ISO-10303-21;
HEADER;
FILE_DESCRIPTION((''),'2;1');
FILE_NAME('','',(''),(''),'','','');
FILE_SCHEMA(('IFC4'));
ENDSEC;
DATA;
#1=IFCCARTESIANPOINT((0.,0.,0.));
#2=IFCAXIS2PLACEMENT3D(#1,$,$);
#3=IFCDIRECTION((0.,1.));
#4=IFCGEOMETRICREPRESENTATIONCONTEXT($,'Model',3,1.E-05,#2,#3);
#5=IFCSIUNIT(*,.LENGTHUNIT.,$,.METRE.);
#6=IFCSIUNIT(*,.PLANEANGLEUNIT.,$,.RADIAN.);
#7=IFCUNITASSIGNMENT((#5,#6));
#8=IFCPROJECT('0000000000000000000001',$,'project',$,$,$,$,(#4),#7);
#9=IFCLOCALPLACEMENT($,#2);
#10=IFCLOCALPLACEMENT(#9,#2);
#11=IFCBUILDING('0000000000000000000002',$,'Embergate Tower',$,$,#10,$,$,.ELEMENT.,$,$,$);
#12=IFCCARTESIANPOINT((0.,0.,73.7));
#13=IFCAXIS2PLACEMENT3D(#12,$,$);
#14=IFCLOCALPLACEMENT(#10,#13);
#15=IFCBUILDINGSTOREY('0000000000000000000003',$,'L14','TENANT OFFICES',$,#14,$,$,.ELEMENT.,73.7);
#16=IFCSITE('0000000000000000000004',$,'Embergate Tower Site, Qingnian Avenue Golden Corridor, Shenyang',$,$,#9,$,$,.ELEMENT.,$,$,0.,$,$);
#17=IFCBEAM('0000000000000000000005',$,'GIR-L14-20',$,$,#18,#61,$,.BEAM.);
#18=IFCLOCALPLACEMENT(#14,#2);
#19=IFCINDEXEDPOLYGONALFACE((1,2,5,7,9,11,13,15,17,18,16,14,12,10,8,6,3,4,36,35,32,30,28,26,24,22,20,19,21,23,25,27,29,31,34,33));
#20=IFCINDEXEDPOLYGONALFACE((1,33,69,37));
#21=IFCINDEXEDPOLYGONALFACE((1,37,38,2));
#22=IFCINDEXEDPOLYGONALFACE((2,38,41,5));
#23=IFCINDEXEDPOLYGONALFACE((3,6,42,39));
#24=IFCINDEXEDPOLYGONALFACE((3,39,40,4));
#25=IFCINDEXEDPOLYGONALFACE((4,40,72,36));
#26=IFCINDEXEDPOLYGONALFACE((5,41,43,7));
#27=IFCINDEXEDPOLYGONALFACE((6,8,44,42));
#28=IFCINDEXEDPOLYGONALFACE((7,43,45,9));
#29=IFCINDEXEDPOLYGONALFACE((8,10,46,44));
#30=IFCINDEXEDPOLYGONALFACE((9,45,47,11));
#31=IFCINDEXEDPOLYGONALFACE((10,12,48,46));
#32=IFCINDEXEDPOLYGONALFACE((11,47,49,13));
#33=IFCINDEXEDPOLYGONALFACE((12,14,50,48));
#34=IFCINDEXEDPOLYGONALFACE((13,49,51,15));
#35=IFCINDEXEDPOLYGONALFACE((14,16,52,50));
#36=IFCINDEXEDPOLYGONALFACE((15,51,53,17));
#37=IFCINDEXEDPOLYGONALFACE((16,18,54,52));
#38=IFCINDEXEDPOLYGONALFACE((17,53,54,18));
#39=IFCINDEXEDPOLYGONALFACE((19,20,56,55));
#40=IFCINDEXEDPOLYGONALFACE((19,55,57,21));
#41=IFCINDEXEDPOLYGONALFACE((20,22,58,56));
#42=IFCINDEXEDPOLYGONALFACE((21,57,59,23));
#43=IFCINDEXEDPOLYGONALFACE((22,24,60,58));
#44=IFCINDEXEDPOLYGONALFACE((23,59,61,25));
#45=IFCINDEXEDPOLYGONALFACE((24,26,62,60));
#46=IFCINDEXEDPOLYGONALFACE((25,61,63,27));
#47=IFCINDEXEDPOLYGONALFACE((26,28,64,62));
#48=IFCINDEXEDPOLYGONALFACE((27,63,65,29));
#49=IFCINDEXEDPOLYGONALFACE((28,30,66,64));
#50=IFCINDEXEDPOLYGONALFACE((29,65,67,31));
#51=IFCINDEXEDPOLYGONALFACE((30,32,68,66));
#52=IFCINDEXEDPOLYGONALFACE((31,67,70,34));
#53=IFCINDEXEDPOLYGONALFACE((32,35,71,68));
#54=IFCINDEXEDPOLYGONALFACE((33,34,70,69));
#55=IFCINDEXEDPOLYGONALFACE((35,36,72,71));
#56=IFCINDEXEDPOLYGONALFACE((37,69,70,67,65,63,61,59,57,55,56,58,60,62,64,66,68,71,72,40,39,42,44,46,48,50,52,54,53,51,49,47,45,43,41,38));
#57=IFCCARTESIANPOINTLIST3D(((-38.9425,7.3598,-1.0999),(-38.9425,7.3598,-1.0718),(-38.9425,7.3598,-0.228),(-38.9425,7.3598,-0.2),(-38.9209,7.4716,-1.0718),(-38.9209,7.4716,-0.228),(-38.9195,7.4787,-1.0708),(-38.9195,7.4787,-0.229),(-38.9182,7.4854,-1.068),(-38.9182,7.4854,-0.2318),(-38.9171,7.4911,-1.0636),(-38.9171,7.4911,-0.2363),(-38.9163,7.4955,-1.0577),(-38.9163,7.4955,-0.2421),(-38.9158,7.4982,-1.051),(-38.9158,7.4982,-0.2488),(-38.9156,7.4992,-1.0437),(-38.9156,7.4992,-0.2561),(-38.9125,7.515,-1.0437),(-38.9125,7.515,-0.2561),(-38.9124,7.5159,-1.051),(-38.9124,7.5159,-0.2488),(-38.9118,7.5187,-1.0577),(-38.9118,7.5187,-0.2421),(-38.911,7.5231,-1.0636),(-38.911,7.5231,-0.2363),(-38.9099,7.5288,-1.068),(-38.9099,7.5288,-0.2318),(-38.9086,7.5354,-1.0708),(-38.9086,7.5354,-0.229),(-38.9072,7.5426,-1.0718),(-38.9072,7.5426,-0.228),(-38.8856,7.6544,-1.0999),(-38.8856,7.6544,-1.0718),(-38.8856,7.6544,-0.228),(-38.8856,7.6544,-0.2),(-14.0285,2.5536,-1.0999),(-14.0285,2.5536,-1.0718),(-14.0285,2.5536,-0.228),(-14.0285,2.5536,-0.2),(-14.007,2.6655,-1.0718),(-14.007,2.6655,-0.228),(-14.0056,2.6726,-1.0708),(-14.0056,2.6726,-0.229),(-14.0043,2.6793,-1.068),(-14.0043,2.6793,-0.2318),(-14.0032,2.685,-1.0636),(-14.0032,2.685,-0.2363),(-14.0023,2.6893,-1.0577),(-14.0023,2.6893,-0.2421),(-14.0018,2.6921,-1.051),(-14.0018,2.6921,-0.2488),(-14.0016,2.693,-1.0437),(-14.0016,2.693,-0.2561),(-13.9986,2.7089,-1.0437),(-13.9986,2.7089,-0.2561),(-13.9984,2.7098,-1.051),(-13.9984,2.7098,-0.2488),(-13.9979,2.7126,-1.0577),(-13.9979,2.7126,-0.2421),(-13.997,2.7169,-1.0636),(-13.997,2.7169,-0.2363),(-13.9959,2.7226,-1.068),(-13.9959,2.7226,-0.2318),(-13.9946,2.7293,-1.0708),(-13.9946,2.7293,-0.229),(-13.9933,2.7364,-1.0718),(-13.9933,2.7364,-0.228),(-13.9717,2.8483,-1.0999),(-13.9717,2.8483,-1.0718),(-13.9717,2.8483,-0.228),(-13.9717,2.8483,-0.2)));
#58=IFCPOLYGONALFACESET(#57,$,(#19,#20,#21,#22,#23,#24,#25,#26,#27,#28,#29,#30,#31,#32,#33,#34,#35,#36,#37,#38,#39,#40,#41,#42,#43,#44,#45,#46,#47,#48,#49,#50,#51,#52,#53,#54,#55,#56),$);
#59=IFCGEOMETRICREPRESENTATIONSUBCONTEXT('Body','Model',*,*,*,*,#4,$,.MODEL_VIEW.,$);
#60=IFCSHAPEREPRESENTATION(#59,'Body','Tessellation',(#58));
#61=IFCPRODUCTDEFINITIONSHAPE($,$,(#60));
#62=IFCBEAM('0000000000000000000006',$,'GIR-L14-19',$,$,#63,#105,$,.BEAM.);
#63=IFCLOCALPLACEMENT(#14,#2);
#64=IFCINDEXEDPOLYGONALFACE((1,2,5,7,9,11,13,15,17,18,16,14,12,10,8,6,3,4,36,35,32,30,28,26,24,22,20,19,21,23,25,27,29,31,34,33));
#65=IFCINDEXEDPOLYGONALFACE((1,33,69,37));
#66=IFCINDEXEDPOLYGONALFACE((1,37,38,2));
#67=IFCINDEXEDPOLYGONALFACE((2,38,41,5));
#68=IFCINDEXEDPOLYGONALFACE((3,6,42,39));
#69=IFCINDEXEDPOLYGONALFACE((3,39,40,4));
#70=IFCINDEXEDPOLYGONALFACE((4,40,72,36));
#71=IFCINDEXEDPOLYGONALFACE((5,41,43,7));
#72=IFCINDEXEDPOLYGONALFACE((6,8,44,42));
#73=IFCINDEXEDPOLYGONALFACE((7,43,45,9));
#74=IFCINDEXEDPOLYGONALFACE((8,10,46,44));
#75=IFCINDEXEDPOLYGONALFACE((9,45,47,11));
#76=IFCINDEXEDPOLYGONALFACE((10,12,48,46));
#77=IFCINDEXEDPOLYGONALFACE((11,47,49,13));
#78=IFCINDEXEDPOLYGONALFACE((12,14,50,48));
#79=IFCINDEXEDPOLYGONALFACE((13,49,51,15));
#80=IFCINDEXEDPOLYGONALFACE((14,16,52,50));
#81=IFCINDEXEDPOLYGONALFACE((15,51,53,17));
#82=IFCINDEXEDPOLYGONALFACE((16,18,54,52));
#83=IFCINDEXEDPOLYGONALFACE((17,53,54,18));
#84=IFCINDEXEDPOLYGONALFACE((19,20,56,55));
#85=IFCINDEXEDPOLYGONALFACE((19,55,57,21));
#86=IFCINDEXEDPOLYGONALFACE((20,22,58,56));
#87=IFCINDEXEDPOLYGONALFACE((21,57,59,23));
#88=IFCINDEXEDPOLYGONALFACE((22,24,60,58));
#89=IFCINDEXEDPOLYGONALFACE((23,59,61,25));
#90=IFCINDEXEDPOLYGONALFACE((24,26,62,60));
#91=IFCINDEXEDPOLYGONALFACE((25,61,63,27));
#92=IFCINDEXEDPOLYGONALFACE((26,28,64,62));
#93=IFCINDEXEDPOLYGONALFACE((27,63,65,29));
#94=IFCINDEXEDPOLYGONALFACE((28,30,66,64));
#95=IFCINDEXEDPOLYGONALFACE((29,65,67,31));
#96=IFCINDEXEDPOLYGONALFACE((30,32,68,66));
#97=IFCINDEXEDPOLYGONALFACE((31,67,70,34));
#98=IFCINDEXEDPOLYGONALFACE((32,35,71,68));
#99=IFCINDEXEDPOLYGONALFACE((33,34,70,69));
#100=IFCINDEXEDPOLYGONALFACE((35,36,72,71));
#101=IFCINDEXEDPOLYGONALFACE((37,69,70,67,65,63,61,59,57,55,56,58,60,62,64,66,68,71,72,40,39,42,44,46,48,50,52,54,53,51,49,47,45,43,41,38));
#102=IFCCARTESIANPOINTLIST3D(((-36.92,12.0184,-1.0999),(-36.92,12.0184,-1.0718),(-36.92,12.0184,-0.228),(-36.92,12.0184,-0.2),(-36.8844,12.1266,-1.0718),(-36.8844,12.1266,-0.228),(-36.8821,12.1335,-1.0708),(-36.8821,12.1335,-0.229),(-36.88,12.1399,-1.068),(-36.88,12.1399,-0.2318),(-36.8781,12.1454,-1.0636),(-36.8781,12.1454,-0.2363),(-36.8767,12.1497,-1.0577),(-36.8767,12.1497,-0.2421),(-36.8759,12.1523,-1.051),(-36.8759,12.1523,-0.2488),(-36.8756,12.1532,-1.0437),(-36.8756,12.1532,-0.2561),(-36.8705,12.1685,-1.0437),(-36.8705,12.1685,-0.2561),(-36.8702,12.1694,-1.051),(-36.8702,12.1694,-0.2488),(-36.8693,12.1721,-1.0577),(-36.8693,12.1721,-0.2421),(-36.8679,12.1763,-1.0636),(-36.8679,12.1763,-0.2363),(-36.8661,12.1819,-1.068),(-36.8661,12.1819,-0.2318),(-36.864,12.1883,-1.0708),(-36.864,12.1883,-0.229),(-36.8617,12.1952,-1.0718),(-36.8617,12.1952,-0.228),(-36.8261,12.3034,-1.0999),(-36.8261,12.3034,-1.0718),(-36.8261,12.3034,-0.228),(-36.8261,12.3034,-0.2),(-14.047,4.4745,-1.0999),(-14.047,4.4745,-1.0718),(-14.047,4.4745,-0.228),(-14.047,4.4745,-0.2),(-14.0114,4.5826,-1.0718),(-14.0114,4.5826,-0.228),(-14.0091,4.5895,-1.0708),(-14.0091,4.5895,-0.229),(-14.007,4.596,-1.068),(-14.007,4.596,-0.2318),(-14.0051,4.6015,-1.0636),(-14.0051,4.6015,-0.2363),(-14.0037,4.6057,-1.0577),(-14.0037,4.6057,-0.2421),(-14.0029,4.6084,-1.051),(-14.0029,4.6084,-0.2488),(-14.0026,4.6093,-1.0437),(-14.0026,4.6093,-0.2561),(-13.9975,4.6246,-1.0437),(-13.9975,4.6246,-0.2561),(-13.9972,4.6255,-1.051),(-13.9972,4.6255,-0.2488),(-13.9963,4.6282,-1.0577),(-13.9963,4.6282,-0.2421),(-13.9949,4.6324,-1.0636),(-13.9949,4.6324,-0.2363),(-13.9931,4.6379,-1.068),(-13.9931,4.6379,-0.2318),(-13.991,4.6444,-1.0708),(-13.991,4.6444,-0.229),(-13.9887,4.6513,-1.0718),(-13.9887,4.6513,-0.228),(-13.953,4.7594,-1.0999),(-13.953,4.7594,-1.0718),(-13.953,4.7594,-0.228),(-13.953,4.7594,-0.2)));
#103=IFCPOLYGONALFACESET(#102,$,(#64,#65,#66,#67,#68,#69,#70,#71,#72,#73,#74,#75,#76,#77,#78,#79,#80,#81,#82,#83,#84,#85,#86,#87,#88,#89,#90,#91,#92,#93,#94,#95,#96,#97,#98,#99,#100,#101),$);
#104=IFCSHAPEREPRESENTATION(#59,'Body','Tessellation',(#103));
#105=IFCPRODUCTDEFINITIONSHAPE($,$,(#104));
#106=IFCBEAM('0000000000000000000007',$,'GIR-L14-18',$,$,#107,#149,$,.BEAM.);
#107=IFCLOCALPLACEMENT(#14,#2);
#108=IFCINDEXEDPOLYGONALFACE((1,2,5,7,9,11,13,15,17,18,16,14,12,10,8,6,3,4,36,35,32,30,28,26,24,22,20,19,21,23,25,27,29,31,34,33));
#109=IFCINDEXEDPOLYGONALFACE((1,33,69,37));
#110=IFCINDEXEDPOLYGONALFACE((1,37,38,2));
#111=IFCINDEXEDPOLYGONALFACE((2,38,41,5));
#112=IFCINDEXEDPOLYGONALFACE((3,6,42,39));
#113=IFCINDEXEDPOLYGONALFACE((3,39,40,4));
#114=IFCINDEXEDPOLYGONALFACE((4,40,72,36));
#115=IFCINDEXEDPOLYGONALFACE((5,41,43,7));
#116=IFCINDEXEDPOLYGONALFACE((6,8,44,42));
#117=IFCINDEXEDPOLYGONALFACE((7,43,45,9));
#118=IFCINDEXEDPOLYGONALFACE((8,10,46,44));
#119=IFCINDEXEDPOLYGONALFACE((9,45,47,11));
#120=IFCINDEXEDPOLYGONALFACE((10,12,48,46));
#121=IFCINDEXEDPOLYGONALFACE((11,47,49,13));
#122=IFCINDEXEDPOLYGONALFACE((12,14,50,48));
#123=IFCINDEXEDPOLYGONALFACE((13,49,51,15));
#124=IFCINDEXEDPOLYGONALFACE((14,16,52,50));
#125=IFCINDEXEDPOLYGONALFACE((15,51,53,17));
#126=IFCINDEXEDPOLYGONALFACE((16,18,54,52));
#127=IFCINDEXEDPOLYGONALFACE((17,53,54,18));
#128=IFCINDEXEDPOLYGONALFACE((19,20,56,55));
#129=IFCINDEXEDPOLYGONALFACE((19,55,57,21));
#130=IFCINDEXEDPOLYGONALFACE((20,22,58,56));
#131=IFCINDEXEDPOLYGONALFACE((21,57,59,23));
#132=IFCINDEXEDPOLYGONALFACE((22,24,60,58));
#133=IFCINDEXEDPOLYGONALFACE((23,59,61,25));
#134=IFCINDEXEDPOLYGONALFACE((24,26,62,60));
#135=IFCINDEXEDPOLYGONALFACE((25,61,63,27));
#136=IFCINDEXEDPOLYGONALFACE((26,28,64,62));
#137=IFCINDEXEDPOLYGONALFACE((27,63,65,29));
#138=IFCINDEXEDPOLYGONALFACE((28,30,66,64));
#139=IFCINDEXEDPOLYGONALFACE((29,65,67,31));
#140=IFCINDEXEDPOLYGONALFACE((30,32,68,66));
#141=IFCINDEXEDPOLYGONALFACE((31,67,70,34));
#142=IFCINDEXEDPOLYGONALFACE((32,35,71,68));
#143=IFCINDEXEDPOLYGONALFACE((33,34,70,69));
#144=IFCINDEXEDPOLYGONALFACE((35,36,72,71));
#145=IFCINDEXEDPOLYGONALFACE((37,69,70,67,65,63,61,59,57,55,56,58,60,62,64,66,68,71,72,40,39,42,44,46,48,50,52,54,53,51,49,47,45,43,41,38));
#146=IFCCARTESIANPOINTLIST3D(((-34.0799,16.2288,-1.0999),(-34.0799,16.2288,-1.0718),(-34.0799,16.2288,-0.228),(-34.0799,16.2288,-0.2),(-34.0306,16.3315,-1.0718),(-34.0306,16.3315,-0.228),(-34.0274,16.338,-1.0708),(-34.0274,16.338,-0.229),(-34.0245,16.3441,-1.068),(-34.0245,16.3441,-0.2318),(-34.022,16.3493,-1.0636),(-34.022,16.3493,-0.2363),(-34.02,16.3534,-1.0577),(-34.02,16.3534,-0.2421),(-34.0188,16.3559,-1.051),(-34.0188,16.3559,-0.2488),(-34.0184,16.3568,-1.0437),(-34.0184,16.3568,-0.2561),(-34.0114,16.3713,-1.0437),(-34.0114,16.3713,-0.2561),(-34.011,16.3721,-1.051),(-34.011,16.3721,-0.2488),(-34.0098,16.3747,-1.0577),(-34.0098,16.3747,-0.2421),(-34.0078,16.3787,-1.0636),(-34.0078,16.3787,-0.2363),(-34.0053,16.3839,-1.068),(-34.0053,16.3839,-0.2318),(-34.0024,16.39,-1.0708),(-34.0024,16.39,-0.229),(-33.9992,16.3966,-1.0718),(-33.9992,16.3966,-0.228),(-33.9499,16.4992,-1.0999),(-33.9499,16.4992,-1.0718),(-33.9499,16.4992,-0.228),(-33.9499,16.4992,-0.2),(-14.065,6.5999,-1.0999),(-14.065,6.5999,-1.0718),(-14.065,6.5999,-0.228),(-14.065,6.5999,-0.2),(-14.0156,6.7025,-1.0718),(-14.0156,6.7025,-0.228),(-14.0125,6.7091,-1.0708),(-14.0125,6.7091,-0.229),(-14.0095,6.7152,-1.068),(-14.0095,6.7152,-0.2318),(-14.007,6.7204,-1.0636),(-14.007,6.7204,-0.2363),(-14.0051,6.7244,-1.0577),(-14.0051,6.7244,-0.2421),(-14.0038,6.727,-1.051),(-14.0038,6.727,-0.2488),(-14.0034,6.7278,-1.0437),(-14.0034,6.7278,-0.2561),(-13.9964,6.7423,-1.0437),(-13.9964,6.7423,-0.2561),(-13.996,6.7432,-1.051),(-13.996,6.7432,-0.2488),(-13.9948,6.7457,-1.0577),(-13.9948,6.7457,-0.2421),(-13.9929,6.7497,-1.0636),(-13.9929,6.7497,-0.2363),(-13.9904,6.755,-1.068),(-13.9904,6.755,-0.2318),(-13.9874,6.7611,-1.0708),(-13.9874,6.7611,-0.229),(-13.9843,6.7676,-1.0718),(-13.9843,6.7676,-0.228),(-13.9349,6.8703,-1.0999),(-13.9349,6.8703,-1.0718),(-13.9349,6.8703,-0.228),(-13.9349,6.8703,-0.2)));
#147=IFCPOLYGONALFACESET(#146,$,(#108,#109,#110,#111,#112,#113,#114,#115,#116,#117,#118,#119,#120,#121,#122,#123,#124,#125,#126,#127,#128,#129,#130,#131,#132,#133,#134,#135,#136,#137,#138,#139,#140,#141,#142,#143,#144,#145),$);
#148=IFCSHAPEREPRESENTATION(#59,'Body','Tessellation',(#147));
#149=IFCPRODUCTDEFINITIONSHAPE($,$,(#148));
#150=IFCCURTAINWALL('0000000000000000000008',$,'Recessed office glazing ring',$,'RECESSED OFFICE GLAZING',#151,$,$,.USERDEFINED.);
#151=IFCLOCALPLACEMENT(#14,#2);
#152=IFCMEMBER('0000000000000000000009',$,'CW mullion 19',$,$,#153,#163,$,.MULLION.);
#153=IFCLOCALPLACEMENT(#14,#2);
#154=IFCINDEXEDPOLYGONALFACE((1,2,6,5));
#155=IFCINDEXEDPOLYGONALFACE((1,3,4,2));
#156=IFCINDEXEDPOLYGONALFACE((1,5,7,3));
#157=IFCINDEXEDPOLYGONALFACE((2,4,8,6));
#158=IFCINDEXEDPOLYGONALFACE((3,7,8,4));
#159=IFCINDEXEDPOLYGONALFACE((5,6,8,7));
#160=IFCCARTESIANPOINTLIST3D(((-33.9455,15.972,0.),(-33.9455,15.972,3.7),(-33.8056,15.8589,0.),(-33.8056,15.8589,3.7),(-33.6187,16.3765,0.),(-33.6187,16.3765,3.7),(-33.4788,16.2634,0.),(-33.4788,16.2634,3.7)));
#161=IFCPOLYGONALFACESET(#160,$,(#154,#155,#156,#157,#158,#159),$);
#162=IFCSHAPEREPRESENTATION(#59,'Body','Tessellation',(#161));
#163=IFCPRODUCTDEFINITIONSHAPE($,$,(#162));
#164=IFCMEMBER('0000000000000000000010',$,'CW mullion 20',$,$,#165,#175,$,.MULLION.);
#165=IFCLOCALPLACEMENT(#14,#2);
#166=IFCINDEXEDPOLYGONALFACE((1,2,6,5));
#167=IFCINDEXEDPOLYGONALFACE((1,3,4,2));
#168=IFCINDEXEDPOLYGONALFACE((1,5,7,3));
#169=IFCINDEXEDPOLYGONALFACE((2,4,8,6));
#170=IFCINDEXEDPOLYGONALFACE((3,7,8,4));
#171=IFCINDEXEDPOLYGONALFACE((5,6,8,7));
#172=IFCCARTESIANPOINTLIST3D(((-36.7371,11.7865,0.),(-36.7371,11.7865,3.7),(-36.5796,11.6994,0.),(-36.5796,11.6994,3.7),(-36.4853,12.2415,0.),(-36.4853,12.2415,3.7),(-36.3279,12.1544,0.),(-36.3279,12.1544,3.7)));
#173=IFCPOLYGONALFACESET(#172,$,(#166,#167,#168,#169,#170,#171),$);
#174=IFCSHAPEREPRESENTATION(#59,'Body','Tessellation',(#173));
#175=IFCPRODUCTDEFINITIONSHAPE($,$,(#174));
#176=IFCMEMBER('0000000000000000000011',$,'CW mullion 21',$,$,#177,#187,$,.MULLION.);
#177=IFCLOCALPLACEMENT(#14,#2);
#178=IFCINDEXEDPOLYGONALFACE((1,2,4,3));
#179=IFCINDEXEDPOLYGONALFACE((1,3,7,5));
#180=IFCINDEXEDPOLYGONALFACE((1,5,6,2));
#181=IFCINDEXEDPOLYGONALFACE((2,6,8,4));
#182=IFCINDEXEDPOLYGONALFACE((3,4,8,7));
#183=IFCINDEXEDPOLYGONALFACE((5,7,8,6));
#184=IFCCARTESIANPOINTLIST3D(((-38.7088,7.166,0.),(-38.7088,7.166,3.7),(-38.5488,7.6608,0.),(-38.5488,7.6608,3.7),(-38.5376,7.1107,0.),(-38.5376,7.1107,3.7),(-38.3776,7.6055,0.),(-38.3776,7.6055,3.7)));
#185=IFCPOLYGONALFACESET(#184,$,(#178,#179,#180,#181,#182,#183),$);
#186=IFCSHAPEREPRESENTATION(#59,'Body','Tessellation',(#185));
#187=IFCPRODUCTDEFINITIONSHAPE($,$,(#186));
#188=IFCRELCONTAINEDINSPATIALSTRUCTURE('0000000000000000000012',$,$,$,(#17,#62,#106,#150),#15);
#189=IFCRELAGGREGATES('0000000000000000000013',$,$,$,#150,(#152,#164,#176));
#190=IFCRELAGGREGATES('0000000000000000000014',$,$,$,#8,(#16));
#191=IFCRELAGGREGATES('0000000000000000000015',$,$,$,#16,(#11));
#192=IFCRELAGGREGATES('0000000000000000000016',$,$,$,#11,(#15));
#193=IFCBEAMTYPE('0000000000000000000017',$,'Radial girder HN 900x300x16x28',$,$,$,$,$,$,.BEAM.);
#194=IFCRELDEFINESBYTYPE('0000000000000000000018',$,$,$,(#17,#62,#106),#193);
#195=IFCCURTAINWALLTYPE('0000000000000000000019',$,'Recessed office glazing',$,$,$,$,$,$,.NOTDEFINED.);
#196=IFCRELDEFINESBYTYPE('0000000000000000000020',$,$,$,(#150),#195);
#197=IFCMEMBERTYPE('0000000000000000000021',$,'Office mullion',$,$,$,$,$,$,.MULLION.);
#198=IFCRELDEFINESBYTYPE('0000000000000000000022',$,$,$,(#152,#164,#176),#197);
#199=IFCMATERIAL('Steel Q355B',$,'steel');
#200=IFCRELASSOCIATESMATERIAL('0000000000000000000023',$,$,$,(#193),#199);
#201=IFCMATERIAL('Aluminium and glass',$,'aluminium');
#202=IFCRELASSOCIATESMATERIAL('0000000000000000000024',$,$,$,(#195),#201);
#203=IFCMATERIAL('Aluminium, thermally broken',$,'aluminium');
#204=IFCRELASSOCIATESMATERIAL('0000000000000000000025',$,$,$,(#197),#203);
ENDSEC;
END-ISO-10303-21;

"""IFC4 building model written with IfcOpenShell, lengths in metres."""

from ifc_helpers import new_model, si_unit, direction, frame, origin, origin_2d, place, context, subcontext, project, spatial, rectangle, i_section, extrude, source, transform, mapped, material, material_profile, profile_set, type_object, element, aggregate, save


model = new_model("IFC4")

# Units and contexts
model_context = context("Model", 3, precision=1e-05, world=origin(), true_north=direction((0.0, 1.0)))
body_context = subcontext(model_context, "Body", "Model", "MODEL_VIEW")
ifc_project = project(units=[si_unit("LENGTHUNIT", "METRE"), si_unit("PLANEANGLEUNIT", "RADIAN")], contexts=[model_context])

# Site, building, storey
site_placement = place(None, origin())
site = spatial("IfcSite", under=ifc_project, at=site_placement, Name="Embergate Tower Site, Qingnian Avenue Golden Corridor, Shenyang", CompositionType="ELEMENT", RefElevation=0.0)
building_placement = place(site_placement, origin())
building = spatial("IfcBuilding", under=site, at=building_placement, Name="Embergate Tower", CompositionType="ELEMENT")
storey_placement = place(building_placement, frame((0.0, 0.0, 73.7)))
storey = spatial("IfcBuildingStorey", under=building, at=storey_placement, Name="L14", Description="TENANT OFFICES", CompositionType="ELEMENT", Elevation=73.7)

# Beams
ifc_material_1 = material(Name="Steel Q355B", Category="steel")
ifc_material_profile_1 = material_profile(ifc_material_1, i_section(OverallWidth=0.3, OverallDepth=0.8999, WebThickness=0.0161, FlangeThickness=0.0281, FilletRadius=0.0281, at=origin_2d()), Name="HN 900x300x16x28")
ifc_profile_set_1 = profile_set([ifc_material_profile_1], Name="Steel Q355 grade B")
beam_type_1 = type_object("IfcBeamType", Name="Radial girder HN 900x300x16x28", PredefinedType="BEAM", material=ifc_profile_set_1)
shared_shape_1 = source(origin(), body_context, "Body", "SweptSolid", [
    extrude(i_section(OverallWidth=0.3, OverallDepth=0.8999, WebThickness=0.0161, FlangeThickness=0.0281, FilletRadius=0.0281, at=origin_2d()), origin(), (0.0, 0.0, 1.0), 25.3733),
])
beam_1_placement = place(storey_placement, frame((-38.9141, 7.5071, -0.6499), z_axis=(0.981897, -0.189417, 0.0), x_axis=(0.189417, 0.981897, 0.0)))
element("IfcBeam", 1, at=beam_1_placement, inside=storey, type_object=beam_type_1, Name="GIR-L14-20", PredefinedType="BEAM", context=body_context, shape_type="MappedRepresentation", body=[
    mapped(shared_shape_1, transform((0.0, 0.0, 0.0))),
])
shared_shape_2 = source(origin(), body_context, "Body", "SweptSolid", [
    extrude(i_section(OverallWidth=0.3, OverallDepth=0.8999, WebThickness=0.0161, FlangeThickness=0.0281, FilletRadius=0.0281, at=origin_2d()), origin(), (0.0, 0.0, 1.0), 24.085),
])
beam_2_placement = place(storey_placement, frame((-36.873, 12.1609, -0.6499), z_axis=(0.94968, -0.313222, 0.0), x_axis=(0.313222, 0.94968, 0.0)))
element("IfcBeam", 2, at=beam_2_placement, inside=storey, type_object=beam_type_1, Name="GIR-L14-19", PredefinedType="BEAM", context=body_context, shape_type="MappedRepresentation", body=[
    mapped(shared_shape_2, transform((0.0, 0.0, 0.0))),
])
shared_shape_3 = source(origin(), body_context, "Body", "SweptSolid", [
    extrude(i_section(OverallWidth=0.3, OverallDepth=0.8999, WebThickness=0.0161, FlangeThickness=0.0281, FilletRadius=0.0281, at=origin_2d()), origin(), (0.0, 0.0, 1.0), 22.2107),
])
beam_3_placement = place(storey_placement, frame((-34.0149, 16.364, -0.6499), z_axis=(0.901141, -0.433527, 0.0), x_axis=(0.433527, 0.901141, 0.0)))
element("IfcBeam", 3, at=beam_3_placement, inside=storey, type_object=beam_type_1, Name="GIR-L14-18", PredefinedType="BEAM", context=body_context, shape_type="MappedRepresentation", body=[
    mapped(shared_shape_3, transform((0.0, 0.0, 0.0))),
])

# Curtain wall, members
ifc_material_2 = material(Name="Aluminium and glass", Category="aluminium")
curtain_wall_type = type_object("IfcCurtainWallType", Name="Recessed office glazing", PredefinedType="NOTDEFINED", material=ifc_material_2)
curtain_wall_placement = place(storey_placement, origin())
curtain_wall = element("IfcCurtainWall", 4, at=curtain_wall_placement, inside=storey, type_object=curtain_wall_type, Name="Recessed office glazing ring", ObjectType="RECESSED OFFICE GLAZING", PredefinedType="USERDEFINED")
ifc_material_3 = material(Name="Aluminium, thermally broken", Category="aluminium")
ifc_material_profile_2 = material_profile(ifc_material_3, rectangle(XDim=0.1799, YDim=0.52, at=origin_2d()), Name="AL 520x180")
ifc_profile_set_2 = profile_set([ifc_material_profile_2], Name="Aluminium, thermally broken")
member_type_1 = type_object("IfcMemberType", Name="Office mullion", PredefinedType="MULLION", material=ifc_profile_set_2)
shared_shape_4 = source(origin(), body_context, "Body", "SweptSolid", [
    extrude(rectangle(XDim=0.1799, YDim=0.52, at=origin_2d()), origin(), (0.0, 0.0, 1.0), 3.7),
])
member_1_placement = place(storey_placement, frame((-33.7122, 16.1177, 0.0), z_axis=(0.0, 0.0, 1.0), x_axis=(0.77788, -0.628413, 0.0)))
member_1 = element("IfcMember", 5, at=member_1_placement, type_object=member_type_1, Name="CW mullion 19", PredefinedType="MULLION", context=body_context, shape_type="MappedRepresentation", body=[
    mapped(shared_shape_4, transform((0.0, 0.0, 0.0))),
])
member_2_placement = place(storey_placement, frame((-36.5325, 11.9705, 0.0), z_axis=(0.0, 0.0, 1.0), x_axis=(0.875008, -0.484109, 0.0)))
member_2 = element("IfcMember", 6, at=member_2_placement, type_object=member_type_1, Name="CW mullion 20", PredefinedType="MULLION", context=body_context, shape_type="MappedRepresentation", body=[
    mapped(shared_shape_4, transform((0.0, 0.0, 0.0))),
])
member_3_placement = place(storey_placement, frame((-38.5432, 7.3857, 0.0), z_axis=(0.0, 0.0, 1.0), x_axis=(0.951501, -0.307646, 0.0)))
member_3 = element("IfcMember", 7, at=member_3_placement, type_object=member_type_1, Name="CW mullion 21", PredefinedType="MULLION", context=body_context, shape_type="MappedRepresentation", body=[
    mapped(shared_shape_4, transform((0.0, 0.0, 0.0))),
])
aggregate(curtain_wall, [member_1, member_2, member_3])

save(model, "model.ifc")
